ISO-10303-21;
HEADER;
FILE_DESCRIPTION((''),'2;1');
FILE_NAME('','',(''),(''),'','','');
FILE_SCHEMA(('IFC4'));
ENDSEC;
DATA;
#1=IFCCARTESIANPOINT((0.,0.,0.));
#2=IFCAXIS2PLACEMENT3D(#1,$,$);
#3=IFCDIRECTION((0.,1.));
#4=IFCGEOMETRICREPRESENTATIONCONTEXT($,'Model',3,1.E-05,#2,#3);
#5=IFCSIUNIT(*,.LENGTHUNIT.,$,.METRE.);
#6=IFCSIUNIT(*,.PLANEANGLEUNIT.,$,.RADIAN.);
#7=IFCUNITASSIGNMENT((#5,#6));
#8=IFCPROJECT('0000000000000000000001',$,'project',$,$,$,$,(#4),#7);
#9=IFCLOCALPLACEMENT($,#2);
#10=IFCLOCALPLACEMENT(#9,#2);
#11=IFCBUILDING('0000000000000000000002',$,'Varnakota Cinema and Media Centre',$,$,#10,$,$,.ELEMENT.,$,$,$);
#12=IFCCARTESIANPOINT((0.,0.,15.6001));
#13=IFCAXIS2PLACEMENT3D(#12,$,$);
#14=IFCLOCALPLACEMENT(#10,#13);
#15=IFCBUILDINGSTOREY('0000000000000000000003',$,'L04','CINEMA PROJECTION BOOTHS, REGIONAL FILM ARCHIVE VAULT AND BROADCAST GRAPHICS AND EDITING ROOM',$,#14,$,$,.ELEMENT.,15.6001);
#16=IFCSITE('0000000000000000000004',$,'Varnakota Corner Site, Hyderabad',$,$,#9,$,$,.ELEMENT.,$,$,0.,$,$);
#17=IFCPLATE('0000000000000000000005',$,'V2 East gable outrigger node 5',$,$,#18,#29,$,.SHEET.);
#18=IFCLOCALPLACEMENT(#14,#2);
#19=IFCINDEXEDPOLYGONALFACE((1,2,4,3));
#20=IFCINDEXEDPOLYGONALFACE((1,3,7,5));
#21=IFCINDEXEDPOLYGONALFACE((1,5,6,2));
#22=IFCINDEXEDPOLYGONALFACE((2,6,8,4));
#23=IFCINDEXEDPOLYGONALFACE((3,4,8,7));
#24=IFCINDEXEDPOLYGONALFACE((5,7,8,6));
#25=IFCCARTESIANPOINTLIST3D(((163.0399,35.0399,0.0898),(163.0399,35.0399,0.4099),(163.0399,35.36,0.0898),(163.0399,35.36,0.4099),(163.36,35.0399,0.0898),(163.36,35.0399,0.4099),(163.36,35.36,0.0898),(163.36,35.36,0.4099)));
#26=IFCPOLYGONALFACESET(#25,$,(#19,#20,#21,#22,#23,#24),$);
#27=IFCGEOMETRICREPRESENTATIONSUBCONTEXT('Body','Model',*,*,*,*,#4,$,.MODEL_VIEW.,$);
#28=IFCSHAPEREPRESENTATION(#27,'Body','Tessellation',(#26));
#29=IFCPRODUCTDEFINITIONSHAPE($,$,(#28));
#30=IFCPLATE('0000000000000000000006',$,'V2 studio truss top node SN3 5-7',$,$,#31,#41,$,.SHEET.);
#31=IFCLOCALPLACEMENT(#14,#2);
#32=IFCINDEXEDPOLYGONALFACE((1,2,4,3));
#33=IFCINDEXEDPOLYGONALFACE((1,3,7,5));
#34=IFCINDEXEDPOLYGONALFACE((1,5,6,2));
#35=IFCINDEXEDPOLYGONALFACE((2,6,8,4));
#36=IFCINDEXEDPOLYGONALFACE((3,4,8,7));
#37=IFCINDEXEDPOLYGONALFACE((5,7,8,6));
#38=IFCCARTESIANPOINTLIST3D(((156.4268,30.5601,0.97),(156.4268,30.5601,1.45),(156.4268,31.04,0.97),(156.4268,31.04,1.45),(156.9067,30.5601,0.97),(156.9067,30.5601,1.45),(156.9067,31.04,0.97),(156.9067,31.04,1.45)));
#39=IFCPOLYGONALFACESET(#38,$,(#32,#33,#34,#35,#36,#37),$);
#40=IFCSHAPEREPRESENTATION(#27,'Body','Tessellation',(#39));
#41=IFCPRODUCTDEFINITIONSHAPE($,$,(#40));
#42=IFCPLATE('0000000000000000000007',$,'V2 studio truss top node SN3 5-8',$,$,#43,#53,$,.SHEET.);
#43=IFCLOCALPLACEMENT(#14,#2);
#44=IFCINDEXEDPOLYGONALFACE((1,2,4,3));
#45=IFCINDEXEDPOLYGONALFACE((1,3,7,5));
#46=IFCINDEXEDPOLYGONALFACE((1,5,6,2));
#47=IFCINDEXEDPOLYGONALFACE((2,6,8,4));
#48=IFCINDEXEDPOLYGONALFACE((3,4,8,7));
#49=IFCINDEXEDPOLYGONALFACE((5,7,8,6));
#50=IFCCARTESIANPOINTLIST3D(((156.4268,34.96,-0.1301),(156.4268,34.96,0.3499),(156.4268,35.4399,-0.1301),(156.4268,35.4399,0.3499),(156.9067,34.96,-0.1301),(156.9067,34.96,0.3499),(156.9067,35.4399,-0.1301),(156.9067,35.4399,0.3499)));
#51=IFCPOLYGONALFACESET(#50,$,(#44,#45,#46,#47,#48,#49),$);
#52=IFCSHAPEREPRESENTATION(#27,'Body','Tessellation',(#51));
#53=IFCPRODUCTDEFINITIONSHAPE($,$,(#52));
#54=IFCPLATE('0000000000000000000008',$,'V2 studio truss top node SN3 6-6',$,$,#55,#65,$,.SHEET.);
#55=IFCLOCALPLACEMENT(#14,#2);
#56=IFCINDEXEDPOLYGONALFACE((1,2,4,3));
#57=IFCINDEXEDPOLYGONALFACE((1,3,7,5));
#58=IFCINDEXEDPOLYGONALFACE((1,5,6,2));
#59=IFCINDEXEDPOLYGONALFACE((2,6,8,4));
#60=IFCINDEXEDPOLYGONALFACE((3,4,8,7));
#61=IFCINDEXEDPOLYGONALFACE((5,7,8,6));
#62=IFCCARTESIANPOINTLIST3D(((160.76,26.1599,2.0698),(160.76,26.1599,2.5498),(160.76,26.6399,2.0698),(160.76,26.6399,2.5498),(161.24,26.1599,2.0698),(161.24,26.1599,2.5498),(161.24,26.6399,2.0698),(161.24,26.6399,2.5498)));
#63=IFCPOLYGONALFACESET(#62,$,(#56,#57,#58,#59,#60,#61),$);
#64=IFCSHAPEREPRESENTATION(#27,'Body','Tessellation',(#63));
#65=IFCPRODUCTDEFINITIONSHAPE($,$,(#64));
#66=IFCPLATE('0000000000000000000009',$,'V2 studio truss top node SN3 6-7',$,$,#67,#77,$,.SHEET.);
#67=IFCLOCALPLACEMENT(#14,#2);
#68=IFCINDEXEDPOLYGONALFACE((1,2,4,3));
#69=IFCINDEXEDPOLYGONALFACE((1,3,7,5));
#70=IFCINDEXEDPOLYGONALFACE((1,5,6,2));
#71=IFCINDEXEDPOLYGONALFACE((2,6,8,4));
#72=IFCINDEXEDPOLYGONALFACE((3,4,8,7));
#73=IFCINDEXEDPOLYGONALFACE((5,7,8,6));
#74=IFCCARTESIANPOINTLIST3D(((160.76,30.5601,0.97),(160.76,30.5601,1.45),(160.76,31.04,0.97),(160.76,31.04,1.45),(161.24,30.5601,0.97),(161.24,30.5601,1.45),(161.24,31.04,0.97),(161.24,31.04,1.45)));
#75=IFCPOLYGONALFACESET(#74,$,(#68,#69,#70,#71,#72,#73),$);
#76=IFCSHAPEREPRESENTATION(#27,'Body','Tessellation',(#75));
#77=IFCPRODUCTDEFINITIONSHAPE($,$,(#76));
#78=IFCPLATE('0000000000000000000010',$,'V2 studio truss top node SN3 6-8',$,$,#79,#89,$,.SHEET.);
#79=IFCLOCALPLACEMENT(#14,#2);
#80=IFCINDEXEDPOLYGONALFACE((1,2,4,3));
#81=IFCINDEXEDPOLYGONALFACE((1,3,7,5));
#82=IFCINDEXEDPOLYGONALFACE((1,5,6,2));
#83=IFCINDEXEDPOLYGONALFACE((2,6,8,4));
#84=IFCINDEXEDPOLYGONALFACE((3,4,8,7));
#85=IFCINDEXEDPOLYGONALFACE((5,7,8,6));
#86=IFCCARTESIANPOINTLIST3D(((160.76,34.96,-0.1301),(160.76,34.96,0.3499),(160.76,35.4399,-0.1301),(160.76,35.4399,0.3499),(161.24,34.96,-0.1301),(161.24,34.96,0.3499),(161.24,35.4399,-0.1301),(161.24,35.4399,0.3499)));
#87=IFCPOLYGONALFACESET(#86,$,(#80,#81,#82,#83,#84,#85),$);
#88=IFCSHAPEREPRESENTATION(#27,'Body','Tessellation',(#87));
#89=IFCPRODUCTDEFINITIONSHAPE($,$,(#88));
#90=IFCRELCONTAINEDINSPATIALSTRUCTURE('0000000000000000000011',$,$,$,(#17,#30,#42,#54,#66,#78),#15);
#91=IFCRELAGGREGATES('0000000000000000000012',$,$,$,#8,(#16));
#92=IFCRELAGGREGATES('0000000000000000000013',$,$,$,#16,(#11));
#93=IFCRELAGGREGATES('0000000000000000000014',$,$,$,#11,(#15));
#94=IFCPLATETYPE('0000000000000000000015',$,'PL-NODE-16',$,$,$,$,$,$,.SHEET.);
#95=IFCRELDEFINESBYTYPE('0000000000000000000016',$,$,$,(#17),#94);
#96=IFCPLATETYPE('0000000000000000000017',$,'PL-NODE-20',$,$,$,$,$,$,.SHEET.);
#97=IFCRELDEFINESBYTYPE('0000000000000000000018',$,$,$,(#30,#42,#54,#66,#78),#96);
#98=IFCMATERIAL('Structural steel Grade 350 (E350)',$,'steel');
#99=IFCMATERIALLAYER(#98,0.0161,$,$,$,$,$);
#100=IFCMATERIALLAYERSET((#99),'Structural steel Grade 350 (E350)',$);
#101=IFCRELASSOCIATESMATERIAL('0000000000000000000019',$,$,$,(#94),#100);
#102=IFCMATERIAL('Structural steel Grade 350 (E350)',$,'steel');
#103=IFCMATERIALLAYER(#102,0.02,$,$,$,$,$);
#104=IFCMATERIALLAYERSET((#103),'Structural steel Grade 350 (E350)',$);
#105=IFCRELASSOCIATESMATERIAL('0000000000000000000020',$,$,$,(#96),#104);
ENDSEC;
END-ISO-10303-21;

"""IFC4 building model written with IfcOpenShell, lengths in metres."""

from ifc_helpers import new_model, si_unit, direction, frame, origin, origin_2d, place, context, subcontext, project, spatial, rectangle, extrude, material, layer, layer_set, type_object, element, save


model = new_model("IFC4")

# Units and contexts
model_context = context("Model", 3, precision=1e-05, world=origin(), true_north=direction((0.0, 1.0)))
body_context = subcontext(model_context, "Body", "Model", "MODEL_VIEW")
ifc_project = project(units=[si_unit("LENGTHUNIT", "METRE"), si_unit("PLANEANGLEUNIT", "RADIAN")], contexts=[model_context])

# Site, building, storey
site_placement = place(None, origin())
site = spatial("IfcSite", under=ifc_project, at=site_placement, Name="Varnakota Corner Site, Hyderabad", CompositionType="ELEMENT", RefElevation=0.0)
building_placement = place(site_placement, origin())
building = spatial("IfcBuilding", under=site, at=building_placement, Name="Varnakota Cinema and Media Centre", CompositionType="ELEMENT")
storey_placement = place(building_placement, frame((0.0, 0.0, 15.6001)))
storey = spatial("IfcBuildingStorey", under=building, at=storey_placement, Name="L04", Description="CINEMA PROJECTION BOOTHS, REGIONAL FILM ARCHIVE VAULT AND BROADCAST GRAPHICS AND EDITING ROOM", CompositionType="ELEMENT", Elevation=15.6001)

# Plates
ifc_material_1 = material(Name="Structural steel Grade 350 (E350)", Category="steel")
ifc_layer_1 = layer(ifc_material_1, 0.0161)
ifc_layer_set_1 = layer_set([ifc_layer_1], Name="Structural steel Grade 350 (E350)")
plate_type_1 = type_object("IfcPlateType", Name="PL-NODE-16", PredefinedType="SHEET", material=ifc_layer_set_1)
for number, where, z_axis, x_axis, name in (
    (1, (163.2, 35.2, 0.0898), (0.0, 0.0, 1.0), (1.0, 0.0, 0.0), "V2 East gable outrigger node 5"),
):
    element("IfcPlate", number, at=place(storey_placement, frame(where, z_axis=z_axis, x_axis=x_axis)), inside=storey, type_object=plate_type_1, Name=name, PredefinedType="SHEET", context=body_context, shape_type="SweptSolid", body=[
        extrude(rectangle(XDim=0.3201, YDim=0.3201, at=origin_2d()), origin(), (0.0, 0.0, 1.0), 0.3201),
    ])
ifc_material_2 = material(Name="Structural steel Grade 350 (E350)", Category="steel")
ifc_layer_2 = layer(ifc_material_2, 0.02)
ifc_layer_set_2 = layer_set([ifc_layer_2], Name="Structural steel Grade 350 (E350)")
plate_type_2 = type_object("IfcPlateType", Name="PL-NODE-20", PredefinedType="SHEET", material=ifc_layer_set_2)
for number, where, z_axis, x_axis, name in (
    (2, (156.6667, 30.8, 0.97), (0.0, 0.0, 1.0), (1.0, 0.0, 0.0), "V2 studio truss top node SN3 5-7"),
    (3, (156.6667, 35.2, -0.1301), (0.0, 0.0, 1.0), (1.0, 0.0, 0.0), "V2 studio truss top node SN3 5-8"),
    (4, (161.0, 26.3999, 2.0698), (0.0, 0.0, 1.0), (1.0, 0.0, 0.0), "V2 studio truss top node SN3 6-6"),
    (5, (161.0, 30.8, 0.97), (0.0, 0.0, 1.0), (1.0, 0.0, 0.0), "V2 studio truss top node SN3 6-7"),
    (6, (161.0, 35.2, -0.1301), (0.0, 0.0, 1.0), (1.0, 0.0, 0.0), "V2 studio truss top node SN3 6-8"),
):
    element("IfcPlate", number, at=place(storey_placement, frame(where, z_axis=z_axis, x_axis=x_axis)), inside=storey, type_object=plate_type_2, Name=name, PredefinedType="SHEET", context=body_context, shape_type="SweptSolid", body=[
        extrude(rectangle(XDim=0.48, YDim=0.48, at=origin_2d()), origin(), (0.0, 0.0, 1.0), 0.48),
    ])

save(model, "model.ifc")
